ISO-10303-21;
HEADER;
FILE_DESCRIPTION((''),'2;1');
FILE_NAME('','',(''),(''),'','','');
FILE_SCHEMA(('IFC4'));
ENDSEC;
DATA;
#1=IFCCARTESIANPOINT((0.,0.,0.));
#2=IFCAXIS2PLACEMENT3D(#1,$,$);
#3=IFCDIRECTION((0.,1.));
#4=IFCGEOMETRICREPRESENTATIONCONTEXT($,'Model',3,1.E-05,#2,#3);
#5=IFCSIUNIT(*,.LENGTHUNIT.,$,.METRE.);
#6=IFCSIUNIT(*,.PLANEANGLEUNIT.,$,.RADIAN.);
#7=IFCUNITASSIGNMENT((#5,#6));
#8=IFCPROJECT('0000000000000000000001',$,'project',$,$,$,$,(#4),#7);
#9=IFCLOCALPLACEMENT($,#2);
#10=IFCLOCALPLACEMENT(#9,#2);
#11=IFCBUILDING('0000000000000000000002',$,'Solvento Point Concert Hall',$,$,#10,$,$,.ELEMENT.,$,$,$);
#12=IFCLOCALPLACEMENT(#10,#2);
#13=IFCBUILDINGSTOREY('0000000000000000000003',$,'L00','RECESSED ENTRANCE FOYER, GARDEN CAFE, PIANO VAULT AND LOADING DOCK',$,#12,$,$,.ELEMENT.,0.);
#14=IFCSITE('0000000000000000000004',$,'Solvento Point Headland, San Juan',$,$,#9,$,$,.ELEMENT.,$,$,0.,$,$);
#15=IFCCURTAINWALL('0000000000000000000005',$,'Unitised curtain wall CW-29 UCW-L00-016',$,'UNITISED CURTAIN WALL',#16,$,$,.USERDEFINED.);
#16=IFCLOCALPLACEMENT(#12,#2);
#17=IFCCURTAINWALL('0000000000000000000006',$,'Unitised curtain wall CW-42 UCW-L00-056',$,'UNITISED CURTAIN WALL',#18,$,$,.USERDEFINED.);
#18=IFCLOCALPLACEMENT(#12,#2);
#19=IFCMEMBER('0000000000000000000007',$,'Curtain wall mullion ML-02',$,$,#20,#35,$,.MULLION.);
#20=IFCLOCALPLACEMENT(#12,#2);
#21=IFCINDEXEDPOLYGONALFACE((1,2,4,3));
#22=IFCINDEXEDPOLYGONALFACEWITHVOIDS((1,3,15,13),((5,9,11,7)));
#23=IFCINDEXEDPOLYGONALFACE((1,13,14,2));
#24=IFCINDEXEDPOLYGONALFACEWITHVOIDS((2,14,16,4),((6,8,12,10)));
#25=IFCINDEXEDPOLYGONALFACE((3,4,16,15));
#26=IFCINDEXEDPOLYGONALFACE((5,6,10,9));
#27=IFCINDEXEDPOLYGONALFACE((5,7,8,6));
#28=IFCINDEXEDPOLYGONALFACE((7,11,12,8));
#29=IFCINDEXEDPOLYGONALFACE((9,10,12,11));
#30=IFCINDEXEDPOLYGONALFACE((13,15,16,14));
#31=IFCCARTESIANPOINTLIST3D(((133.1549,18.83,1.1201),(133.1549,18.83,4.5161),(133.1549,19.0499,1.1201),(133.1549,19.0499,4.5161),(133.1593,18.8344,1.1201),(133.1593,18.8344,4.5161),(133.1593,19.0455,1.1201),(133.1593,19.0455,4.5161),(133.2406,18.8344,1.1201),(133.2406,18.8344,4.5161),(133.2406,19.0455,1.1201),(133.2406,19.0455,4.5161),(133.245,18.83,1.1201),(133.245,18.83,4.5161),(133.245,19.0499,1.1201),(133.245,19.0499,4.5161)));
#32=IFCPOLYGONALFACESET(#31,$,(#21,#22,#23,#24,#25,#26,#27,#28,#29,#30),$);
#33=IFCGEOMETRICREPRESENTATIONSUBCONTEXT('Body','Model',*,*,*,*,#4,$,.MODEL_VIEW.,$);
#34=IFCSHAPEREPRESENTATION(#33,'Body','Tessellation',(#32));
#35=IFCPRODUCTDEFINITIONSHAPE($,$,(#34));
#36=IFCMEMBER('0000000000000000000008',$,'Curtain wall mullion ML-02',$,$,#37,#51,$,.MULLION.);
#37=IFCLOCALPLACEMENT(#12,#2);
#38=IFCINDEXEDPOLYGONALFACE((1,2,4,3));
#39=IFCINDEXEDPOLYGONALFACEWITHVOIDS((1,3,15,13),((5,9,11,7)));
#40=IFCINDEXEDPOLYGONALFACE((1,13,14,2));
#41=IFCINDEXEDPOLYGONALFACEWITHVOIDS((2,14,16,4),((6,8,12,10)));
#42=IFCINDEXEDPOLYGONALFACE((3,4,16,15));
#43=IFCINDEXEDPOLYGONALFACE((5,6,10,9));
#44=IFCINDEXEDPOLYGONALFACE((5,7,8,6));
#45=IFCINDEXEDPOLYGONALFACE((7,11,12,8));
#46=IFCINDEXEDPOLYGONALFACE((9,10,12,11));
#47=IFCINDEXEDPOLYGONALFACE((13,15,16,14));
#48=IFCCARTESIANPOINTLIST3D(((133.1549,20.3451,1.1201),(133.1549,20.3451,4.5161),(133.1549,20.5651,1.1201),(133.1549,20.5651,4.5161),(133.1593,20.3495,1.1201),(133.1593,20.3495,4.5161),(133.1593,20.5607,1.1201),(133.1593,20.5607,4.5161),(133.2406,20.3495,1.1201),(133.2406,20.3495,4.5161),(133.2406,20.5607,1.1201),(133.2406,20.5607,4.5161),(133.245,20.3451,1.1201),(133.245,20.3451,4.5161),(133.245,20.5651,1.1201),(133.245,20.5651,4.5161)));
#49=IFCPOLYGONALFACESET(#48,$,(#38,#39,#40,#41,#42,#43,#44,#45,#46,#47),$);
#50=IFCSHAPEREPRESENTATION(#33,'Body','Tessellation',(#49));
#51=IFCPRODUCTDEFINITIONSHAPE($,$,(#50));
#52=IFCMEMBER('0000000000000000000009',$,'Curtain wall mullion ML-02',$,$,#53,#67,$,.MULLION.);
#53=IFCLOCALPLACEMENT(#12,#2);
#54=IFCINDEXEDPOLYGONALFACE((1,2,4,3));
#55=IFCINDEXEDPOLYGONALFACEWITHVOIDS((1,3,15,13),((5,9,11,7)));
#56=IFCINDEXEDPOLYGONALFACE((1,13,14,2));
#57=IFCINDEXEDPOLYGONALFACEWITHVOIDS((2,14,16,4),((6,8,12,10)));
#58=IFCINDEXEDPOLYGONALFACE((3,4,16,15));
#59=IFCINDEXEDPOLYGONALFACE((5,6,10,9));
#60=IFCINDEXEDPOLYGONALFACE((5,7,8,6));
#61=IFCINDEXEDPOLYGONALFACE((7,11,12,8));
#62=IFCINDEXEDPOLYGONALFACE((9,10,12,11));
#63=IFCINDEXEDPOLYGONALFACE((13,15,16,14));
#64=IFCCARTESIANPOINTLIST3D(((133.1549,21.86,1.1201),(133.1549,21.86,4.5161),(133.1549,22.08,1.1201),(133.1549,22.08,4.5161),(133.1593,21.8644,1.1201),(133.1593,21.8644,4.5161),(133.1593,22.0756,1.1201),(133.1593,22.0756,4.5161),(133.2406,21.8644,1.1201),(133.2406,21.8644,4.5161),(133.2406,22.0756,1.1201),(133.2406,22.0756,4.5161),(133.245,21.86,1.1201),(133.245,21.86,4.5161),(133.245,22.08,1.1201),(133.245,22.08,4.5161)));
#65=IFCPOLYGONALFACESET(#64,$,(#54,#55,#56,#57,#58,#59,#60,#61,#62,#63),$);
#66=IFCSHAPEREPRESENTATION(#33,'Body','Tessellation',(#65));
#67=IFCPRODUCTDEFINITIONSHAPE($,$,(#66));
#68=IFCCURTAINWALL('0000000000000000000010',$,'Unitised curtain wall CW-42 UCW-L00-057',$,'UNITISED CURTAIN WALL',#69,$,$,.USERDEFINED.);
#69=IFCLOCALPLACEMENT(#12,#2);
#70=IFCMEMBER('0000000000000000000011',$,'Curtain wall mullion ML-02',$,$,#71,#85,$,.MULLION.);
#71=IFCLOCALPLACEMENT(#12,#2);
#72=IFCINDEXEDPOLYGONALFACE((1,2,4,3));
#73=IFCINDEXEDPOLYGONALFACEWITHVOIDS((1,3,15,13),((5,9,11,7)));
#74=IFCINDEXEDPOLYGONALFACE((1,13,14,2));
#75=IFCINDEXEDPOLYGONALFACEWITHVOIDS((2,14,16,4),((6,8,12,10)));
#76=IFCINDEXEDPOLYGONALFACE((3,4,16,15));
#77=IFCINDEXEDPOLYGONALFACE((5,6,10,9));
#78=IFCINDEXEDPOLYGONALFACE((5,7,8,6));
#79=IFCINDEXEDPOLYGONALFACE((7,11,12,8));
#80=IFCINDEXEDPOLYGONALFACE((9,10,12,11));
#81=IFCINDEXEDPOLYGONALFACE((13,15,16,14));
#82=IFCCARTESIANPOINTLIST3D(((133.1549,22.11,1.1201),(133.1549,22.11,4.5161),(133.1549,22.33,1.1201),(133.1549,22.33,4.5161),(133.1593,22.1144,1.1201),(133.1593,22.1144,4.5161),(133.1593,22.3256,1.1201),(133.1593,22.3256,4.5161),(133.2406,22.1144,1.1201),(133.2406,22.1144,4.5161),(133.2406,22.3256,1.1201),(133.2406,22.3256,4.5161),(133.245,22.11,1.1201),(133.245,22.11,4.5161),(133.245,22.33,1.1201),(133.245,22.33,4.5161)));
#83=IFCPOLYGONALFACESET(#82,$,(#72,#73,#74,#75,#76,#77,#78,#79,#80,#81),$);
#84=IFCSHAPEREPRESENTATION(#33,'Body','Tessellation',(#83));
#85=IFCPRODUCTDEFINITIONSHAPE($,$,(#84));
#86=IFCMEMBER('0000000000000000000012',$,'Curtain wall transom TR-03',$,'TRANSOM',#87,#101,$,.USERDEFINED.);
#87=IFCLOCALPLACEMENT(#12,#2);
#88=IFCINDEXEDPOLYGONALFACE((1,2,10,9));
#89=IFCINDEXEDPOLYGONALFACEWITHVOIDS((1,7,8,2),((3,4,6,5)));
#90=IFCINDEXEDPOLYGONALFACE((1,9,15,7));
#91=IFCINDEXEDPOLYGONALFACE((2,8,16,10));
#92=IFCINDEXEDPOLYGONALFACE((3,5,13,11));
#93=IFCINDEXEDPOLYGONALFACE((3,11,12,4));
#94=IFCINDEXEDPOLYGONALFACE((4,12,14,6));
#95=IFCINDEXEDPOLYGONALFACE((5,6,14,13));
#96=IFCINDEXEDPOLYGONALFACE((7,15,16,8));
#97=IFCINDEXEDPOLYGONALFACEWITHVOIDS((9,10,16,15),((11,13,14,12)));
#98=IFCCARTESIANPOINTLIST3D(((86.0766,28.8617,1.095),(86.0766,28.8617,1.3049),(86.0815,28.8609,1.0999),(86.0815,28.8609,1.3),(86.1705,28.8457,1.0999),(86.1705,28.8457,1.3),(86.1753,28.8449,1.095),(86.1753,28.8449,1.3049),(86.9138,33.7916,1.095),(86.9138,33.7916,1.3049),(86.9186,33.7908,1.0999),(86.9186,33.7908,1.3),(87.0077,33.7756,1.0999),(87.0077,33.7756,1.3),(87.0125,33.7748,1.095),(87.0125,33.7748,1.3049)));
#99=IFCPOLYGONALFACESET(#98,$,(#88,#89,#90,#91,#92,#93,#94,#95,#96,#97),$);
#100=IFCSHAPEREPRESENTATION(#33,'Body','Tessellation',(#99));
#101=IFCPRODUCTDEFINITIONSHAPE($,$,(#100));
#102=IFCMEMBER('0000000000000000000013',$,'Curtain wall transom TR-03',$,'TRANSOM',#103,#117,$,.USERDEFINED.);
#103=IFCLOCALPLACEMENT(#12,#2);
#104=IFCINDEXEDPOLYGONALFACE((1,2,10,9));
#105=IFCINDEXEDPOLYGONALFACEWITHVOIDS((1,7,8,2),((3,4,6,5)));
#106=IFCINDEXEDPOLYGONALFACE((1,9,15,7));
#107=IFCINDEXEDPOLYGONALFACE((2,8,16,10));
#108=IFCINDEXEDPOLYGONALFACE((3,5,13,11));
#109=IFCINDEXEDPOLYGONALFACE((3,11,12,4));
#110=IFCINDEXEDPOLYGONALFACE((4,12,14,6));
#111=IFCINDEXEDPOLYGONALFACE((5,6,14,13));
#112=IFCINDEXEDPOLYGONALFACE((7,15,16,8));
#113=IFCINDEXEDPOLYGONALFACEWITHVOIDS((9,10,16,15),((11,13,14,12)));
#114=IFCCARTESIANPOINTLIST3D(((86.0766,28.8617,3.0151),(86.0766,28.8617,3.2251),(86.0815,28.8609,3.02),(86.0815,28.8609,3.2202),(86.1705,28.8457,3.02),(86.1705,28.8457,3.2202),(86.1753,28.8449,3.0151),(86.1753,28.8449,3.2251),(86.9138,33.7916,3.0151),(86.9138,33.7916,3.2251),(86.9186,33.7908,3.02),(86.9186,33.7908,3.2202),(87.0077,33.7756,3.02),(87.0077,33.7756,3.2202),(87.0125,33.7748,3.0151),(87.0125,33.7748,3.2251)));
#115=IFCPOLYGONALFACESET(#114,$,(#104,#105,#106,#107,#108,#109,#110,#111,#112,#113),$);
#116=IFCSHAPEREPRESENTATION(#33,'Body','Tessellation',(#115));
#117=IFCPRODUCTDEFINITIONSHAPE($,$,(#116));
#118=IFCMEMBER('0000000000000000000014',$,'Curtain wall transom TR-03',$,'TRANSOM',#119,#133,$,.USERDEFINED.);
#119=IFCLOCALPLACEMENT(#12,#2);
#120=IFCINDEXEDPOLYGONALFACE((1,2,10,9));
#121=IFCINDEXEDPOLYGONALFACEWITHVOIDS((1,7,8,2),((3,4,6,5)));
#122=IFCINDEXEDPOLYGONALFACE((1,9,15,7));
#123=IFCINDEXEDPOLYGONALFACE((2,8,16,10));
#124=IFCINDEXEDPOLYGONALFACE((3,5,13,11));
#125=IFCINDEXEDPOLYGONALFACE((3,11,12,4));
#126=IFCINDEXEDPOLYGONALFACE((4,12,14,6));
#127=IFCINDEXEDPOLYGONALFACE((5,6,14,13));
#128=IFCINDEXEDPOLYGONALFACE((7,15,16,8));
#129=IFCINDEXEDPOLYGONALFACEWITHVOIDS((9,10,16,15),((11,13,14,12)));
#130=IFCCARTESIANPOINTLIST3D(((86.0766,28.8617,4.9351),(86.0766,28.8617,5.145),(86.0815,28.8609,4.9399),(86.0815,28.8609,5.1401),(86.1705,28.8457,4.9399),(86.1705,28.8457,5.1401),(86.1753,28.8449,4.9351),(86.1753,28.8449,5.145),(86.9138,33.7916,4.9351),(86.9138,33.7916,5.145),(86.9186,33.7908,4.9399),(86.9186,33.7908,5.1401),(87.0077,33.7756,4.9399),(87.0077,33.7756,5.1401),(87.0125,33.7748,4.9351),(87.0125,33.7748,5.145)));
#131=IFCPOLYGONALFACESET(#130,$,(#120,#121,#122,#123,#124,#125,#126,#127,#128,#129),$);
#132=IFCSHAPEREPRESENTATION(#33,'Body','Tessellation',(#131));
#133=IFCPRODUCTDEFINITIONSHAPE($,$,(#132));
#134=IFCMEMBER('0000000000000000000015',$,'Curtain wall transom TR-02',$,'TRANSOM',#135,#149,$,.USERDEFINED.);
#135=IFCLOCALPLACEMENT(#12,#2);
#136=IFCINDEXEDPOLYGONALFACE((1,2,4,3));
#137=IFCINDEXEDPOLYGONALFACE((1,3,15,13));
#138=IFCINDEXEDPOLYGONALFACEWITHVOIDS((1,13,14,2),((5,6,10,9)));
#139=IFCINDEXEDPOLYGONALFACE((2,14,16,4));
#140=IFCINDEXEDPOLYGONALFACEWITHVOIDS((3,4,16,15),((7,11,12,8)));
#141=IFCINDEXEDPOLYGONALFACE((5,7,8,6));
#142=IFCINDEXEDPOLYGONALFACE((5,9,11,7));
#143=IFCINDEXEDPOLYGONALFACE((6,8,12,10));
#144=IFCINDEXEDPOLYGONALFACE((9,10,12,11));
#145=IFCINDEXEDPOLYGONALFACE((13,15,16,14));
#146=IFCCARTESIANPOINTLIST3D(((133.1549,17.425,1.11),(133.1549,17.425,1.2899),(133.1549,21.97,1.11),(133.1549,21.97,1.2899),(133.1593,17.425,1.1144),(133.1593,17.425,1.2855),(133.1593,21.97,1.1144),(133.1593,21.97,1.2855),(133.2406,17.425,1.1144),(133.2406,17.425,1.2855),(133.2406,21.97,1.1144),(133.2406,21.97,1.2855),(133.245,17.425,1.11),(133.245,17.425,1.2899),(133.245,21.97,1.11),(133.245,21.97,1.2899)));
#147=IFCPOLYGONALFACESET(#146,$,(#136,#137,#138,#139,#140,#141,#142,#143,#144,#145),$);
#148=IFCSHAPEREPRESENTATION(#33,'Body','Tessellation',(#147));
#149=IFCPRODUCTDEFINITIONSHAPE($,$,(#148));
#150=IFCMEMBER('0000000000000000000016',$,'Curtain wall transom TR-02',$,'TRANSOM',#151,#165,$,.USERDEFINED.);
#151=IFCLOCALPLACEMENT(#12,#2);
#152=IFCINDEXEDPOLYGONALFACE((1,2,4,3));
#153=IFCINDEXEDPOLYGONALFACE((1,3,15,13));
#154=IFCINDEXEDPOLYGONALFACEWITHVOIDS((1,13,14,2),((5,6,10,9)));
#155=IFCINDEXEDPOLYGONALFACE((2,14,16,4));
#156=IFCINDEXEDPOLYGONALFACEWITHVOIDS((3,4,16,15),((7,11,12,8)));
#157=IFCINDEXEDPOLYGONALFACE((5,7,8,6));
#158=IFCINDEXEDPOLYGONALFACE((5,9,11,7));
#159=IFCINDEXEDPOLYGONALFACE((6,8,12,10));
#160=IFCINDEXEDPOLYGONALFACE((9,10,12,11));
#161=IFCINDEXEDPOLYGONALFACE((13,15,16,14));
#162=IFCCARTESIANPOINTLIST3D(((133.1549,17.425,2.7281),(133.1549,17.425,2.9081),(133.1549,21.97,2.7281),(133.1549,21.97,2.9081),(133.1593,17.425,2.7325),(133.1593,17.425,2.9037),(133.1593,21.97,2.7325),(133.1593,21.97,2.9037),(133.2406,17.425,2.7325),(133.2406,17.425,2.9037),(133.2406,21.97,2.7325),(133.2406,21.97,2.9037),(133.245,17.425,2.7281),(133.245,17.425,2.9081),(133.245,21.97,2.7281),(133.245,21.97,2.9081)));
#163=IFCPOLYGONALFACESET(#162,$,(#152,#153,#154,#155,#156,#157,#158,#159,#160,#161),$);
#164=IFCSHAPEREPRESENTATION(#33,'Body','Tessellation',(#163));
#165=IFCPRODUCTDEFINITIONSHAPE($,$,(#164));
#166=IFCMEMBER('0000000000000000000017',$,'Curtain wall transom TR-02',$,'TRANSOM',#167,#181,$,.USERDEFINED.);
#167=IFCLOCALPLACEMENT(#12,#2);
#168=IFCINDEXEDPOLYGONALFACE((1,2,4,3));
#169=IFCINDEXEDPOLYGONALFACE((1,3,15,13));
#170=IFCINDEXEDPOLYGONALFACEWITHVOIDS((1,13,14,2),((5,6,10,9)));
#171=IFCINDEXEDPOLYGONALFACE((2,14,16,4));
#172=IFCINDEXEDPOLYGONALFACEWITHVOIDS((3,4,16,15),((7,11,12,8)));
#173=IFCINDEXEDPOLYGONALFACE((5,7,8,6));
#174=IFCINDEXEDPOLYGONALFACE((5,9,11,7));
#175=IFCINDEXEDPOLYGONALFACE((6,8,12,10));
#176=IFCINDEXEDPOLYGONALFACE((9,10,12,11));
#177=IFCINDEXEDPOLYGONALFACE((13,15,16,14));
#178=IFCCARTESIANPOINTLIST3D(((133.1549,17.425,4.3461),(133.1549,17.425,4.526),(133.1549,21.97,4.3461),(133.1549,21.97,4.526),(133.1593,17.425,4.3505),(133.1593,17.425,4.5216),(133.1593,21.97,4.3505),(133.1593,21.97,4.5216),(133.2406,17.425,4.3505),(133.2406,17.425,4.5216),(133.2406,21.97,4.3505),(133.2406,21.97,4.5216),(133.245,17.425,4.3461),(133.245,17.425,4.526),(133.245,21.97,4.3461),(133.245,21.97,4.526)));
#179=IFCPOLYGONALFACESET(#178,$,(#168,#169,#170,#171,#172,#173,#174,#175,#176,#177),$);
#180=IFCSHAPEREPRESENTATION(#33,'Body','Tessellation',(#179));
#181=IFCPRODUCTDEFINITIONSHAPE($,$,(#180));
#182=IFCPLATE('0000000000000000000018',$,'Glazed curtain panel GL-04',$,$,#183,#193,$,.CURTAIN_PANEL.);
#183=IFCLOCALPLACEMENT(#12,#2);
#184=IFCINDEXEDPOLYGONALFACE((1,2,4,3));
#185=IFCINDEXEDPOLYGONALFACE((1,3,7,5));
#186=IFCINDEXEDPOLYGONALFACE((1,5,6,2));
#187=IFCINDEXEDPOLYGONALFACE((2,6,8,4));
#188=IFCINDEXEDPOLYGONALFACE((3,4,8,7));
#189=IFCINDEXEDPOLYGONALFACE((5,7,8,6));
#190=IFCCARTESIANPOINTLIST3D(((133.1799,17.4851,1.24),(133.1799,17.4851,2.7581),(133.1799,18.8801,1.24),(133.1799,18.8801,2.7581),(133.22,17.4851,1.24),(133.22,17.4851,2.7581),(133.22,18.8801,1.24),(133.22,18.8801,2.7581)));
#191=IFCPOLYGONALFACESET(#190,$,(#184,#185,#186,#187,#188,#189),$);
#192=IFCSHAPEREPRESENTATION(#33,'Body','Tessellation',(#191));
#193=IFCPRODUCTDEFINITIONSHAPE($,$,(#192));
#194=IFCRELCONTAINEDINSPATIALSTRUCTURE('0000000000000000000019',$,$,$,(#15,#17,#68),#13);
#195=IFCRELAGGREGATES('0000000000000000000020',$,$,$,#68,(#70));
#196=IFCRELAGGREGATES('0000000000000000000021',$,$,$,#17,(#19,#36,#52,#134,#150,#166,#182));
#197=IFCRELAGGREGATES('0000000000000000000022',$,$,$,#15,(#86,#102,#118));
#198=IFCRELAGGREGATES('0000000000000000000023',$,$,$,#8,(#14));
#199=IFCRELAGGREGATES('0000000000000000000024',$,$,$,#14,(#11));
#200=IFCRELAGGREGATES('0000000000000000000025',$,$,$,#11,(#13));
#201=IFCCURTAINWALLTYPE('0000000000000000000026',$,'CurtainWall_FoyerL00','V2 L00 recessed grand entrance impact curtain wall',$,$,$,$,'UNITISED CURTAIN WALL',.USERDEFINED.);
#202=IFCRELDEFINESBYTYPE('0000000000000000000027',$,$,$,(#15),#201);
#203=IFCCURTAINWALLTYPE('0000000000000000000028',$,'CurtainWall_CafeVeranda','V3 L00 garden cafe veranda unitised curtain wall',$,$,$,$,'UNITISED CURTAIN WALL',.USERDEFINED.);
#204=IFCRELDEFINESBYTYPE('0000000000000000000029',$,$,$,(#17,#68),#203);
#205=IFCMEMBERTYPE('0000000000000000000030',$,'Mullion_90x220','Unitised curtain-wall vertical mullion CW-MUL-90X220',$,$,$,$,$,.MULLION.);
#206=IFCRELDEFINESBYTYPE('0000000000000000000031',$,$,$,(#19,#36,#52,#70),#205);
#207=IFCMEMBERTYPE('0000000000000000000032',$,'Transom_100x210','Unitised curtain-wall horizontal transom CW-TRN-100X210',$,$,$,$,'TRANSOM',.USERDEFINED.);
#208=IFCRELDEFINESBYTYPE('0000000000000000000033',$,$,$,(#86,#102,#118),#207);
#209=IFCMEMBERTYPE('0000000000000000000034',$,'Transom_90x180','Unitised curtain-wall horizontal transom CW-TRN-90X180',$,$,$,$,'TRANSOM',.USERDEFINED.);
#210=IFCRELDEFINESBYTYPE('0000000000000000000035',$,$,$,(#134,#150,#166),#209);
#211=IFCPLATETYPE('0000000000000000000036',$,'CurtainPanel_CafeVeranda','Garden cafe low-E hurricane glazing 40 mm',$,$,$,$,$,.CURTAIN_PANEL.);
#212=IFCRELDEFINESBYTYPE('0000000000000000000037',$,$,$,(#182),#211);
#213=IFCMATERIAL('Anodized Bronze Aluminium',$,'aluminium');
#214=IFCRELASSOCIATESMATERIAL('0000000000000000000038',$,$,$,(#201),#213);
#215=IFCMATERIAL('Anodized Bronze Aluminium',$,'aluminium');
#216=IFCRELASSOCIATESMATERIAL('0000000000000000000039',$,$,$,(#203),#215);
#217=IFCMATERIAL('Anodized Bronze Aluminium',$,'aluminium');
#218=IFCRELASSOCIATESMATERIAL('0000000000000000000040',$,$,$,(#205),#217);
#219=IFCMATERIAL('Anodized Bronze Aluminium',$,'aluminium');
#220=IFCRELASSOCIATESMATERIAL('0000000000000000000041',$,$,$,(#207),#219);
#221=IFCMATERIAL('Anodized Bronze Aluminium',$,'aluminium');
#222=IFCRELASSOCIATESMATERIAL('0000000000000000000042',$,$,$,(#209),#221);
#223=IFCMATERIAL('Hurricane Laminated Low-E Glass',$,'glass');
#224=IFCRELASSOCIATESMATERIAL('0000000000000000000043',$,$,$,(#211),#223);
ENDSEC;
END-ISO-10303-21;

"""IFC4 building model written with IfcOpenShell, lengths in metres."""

from ifc_helpers import new_model, si_unit, direction, frame, origin, origin_2d, place, context, subcontext, project, spatial, rectangle, hollow_rectangle, extrude, material, material_profile, profile_set, type_object, element, aggregate, save


model = new_model("IFC4")

# Units and contexts
model_context = context("Model", 3, precision=1e-05, world=origin(), true_north=direction((0.0, 1.0)))
body_context = subcontext(model_context, "Body", "Model", "MODEL_VIEW")
ifc_project = project(units=[si_unit("LENGTHUNIT", "METRE"), si_unit("PLANEANGLEUNIT", "RADIAN")], contexts=[model_context])

# Site, building, storey
site_placement = place(None, origin())
site = spatial("IfcSite", under=ifc_project, at=site_placement, Name="Solvento Point Headland, San Juan", CompositionType="ELEMENT", RefElevation=0.0)
building_placement = place(site_placement, origin())
building = spatial("IfcBuilding", under=site, at=building_placement, Name="Solvento Point Concert Hall", CompositionType="ELEMENT")
storey_placement = place(building_placement, origin())
storey = spatial("IfcBuildingStorey", under=building, at=storey_placement, Name="L00", Description="RECESSED ENTRANCE FOYER, GARDEN CAFE, PIANO VAULT AND LOADING DOCK", CompositionType="ELEMENT", Elevation=0.0)

# Curtain walls, members
ifc_material_1 = material(Name="Anodized Bronze Aluminium", Category="aluminium")
curtain_wall_type_1 = type_object("IfcCurtainWallType", Name="CurtainWall_FoyerL00", Description="V2 L00 recessed grand entrance impact curtain wall", ElementType="UNITISED CURTAIN WALL", PredefinedType="USERDEFINED", material=ifc_material_1)
curtain_wall_1_placement = place(storey_placement, origin())
curtain_wall_1 = element("IfcCurtainWall", 1, at=curtain_wall_1_placement, inside=storey, type_object=curtain_wall_type_1, Name="Unitised curtain wall CW-29 UCW-L00-016", ObjectType="UNITISED CURTAIN WALL", PredefinedType="USERDEFINED")
ifc_material_2 = material(Name="Anodized Bronze Aluminium", Category="aluminium")
curtain_wall_type_2 = type_object("IfcCurtainWallType", Name="CurtainWall_CafeVeranda", Description="V3 L00 garden cafe veranda unitised curtain wall", ElementType="UNITISED CURTAIN WALL", PredefinedType="USERDEFINED", material=ifc_material_2)
curtain_wall_2_placement = place(storey_placement, origin())
curtain_wall_2 = element("IfcCurtainWall", 2, at=curtain_wall_2_placement, inside=storey, type_object=curtain_wall_type_2, Name="Unitised curtain wall CW-42 UCW-L00-056", ObjectType="UNITISED CURTAIN WALL", PredefinedType="USERDEFINED")
ifc_material_3 = material(Name="Anodized Bronze Aluminium", Category="aluminium")
ifc_material_profile_1 = material_profile(ifc_material_3, hollow_rectangle(XDim=0.0901, YDim=0.22, WallThickness=0.0044, at=origin_2d()), Name="CW-MUL-90X220")
ifc_profile_set_1 = profile_set([ifc_material_profile_1], Name="Anodized Bronze Aluminium")
member_type_1 = type_object("IfcMemberType", Name="Mullion_90x220", Description="Unitised curtain-wall vertical mullion CW-MUL-90X220", PredefinedType="MULLION", material=ifc_profile_set_1)
member_1_placement = place(storey_placement, frame((133.2, 18.9399, 1.1201), z_axis=(0.0, 0.0, 1.0), x_axis=(1.0, 0.0, 0.0)))
member_1 = element("IfcMember", 3, at=member_1_placement, type_object=member_type_1, Name="Curtain wall mullion ML-02", PredefinedType="MULLION", context=body_context, shape_type="SweptSolid", body=[
    extrude(hollow_rectangle(XDim=0.0901, YDim=0.22, WallThickness=0.0044, at=origin_2d()), origin(), (0.0, 0.0, 1.0), 3.396),
])
member_2_placement = place(storey_placement, frame((133.2, 20.4551, 1.1201), z_axis=(0.0, 0.0, 1.0), x_axis=(1.0, 0.0, 0.0)))
member_2 = element("IfcMember", 4, at=member_2_placement, type_object=member_type_1, Name="Curtain wall mullion ML-02", PredefinedType="MULLION", context=body_context, shape_type="SweptSolid", body=[
    extrude(hollow_rectangle(XDim=0.0901, YDim=0.22, WallThickness=0.0044, at=origin_2d()), origin(), (0.0, 0.0, 1.0), 3.396),
])
member_3_placement = place(storey_placement, frame((133.2, 21.97, 1.1201), z_axis=(0.0, 0.0, 1.0), x_axis=(1.0, 0.0, 0.0)))
member_3 = element("IfcMember", 5, at=member_3_placement, type_object=member_type_1, Name="Curtain wall mullion ML-02", PredefinedType="MULLION", context=body_context, shape_type="SweptSolid", body=[
    extrude(hollow_rectangle(XDim=0.0901, YDim=0.22, WallThickness=0.0044, at=origin_2d()), origin(), (0.0, 0.0, 1.0), 3.396),
])

# Curtain wall, member
curtain_wall_3_placement = place(storey_placement, origin())
curtain_wall_3 = element("IfcCurtainWall", 6, at=curtain_wall_3_placement, inside=storey, type_object=curtain_wall_type_2, Name="Unitised curtain wall CW-42 UCW-L00-057", ObjectType="UNITISED CURTAIN WALL", PredefinedType="USERDEFINED")
member_4_placement = place(storey_placement, frame((133.2, 22.22, 1.1201), z_axis=(0.0, 0.0, 1.0), x_axis=(1.0, 0.0, 0.0)))
member_4 = element("IfcMember", 7, at=member_4_placement, type_object=member_type_1, Name="Curtain wall mullion ML-02", PredefinedType="MULLION", context=body_context, shape_type="SweptSolid", body=[
    extrude(hollow_rectangle(XDim=0.0901, YDim=0.22, WallThickness=0.0044, at=origin_2d()), origin(), (0.0, 0.0, 1.0), 3.396),
])
aggregate(curtain_wall_3, [member_4])

# Members
ifc_material_4 = material(Name="Anodized Bronze Aluminium", Category="aluminium")
ifc_material_profile_2 = material_profile(ifc_material_4, hollow_rectangle(XDim=0.1001, YDim=0.21, WallThickness=0.0049, at=origin_2d()), Name="CW-TRN-100X210")
ifc_profile_set_2 = profile_set([ifc_material_profile_2], Name="Anodized Bronze Aluminium")
member_type_2 = type_object("IfcMemberType", Name="Transom_100x210", Description="Unitised curtain-wall horizontal transom CW-TRN-100X210", ElementType="TRANSOM", PredefinedType="USERDEFINED", material=ifc_profile_set_2)
member_5_placement = place(storey_placement, frame((86.9631, 33.7832, 1.2), z_axis=(-0.167415, -0.985887, 0.0), x_axis=(0.985887, -0.167415, 0.0)))
member_5 = element("IfcMember", 8, at=member_5_placement, type_object=member_type_2, Name="Curtain wall transom TR-03", ObjectType="TRANSOM", PredefinedType="USERDEFINED", context=body_context, shape_type="SweptSolid", body=[
    extrude(hollow_rectangle(XDim=0.1001, YDim=0.21, WallThickness=0.0049, at=origin_2d()), origin(), (0.0, 0.0, 1.0), 5.0005),
])
member_6_placement = place(storey_placement, frame((86.9631, 33.7832, 3.1201), z_axis=(-0.167415, -0.985887, 0.0), x_axis=(0.985887, -0.167415, 0.0)))
member_6 = element("IfcMember", 9, at=member_6_placement, type_object=member_type_2, Name="Curtain wall transom TR-03", ObjectType="TRANSOM", PredefinedType="USERDEFINED", context=body_context, shape_type="SweptSolid", body=[
    extrude(hollow_rectangle(XDim=0.1001, YDim=0.21, WallThickness=0.0049, at=origin_2d()), origin(), (0.0, 0.0, 1.0), 5.0005),
])
member_7_placement = place(storey_placement, frame((86.9631, 33.7832, 5.04), z_axis=(-0.167415, -0.985887, 0.0), x_axis=(0.985887, -0.167415, 0.0)))
member_7 = element("IfcMember", 10, at=member_7_placement, type_object=member_type_2, Name="Curtain wall transom TR-03", ObjectType="TRANSOM", PredefinedType="USERDEFINED", context=body_context, shape_type="SweptSolid", body=[
    extrude(hollow_rectangle(XDim=0.1001, YDim=0.21, WallThickness=0.0049, at=origin_2d()), origin(), (0.0, 0.0, 1.0), 5.0005),
])
ifc_material_5 = material(Name="Anodized Bronze Aluminium", Category="aluminium")
ifc_material_profile_3 = material_profile(ifc_material_5, hollow_rectangle(XDim=0.0901, YDim=0.1799, WallThickness=0.0044, at=origin_2d()), Name="CW-TRN-90X180")
ifc_profile_set_3 = profile_set([ifc_material_profile_3], Name="Anodized Bronze Aluminium")
member_type_3 = type_object("IfcMemberType", Name="Transom_90x180", Description="Unitised curtain-wall horizontal transom CW-TRN-90X180", ElementType="TRANSOM", PredefinedType="USERDEFINED", material=ifc_profile_set_3)
member_8_placement = place(storey_placement, frame((133.2, 17.425, 1.2), z_axis=(0.0, 1.0, 0.0), x_axis=(-1.0, 0.0, 0.0)))
member_8 = element("IfcMember", 11, at=member_8_placement, type_object=member_type_3, Name="Curtain wall transom TR-02", ObjectType="TRANSOM", PredefinedType="USERDEFINED", context=body_context, shape_type="SweptSolid", body=[
    extrude(hollow_rectangle(XDim=0.0901, YDim=0.1799, WallThickness=0.0044, at=origin_2d()), origin(), (0.0, 0.0, 1.0), 4.5449),
])
member_9_placement = place(storey_placement, frame((133.2, 17.425, 2.8181), z_axis=(0.0, 1.0, 0.0), x_axis=(-1.0, 0.0, 0.0)))
member_9 = element("IfcMember", 12, at=member_9_placement, type_object=member_type_3, Name="Curtain wall transom TR-02", ObjectType="TRANSOM", PredefinedType="USERDEFINED", context=body_context, shape_type="SweptSolid", body=[
    extrude(hollow_rectangle(XDim=0.0901, YDim=0.1799, WallThickness=0.0044, at=origin_2d()), origin(), (0.0, 0.0, 1.0), 4.5449),
])
member_10_placement = place(storey_placement, frame((133.2, 17.425, 4.436), z_axis=(0.0, 1.0, 0.0), x_axis=(-1.0, 0.0, 0.0)))
member_10 = element("IfcMember", 13, at=member_10_placement, type_object=member_type_3, Name="Curtain wall transom TR-02", ObjectType="TRANSOM", PredefinedType="USERDEFINED", context=body_context, shape_type="SweptSolid", body=[
    extrude(hollow_rectangle(XDim=0.0901, YDim=0.1799, WallThickness=0.0044, at=origin_2d()), origin(), (0.0, 0.0, 1.0), 4.5449),
])

# Plate
ifc_material_6 = material(Name="Hurricane Laminated Low-E Glass", Category="glass")
plate_type_1 = type_object("IfcPlateType", Name="CurtainPanel_CafeVeranda", Description="Garden cafe low-E hurricane glazing 40 mm", PredefinedType="CURTAIN_PANEL", material=ifc_material_6)
plate_1_placement = place(storey_placement, frame((133.2, 18.1826, 1.24), z_axis=(0.0, 0.0, 1.0), x_axis=(0.0, 1.0, 0.0)))
plate_1 = element("IfcPlate", 14, at=plate_1_placement, type_object=plate_type_1, Name="Glazed curtain panel GL-04", PredefinedType="CURTAIN_PANEL", context=body_context, shape_type="SweptSolid", body=[
    extrude(rectangle(XDim=1.395, YDim=0.04, at=origin_2d()), origin(), (0.0, 0.0, 1.0), 1.5181),
])
aggregate(curtain_wall_2, [member_1, member_2, member_3, member_8, member_9, member_10, plate_1])
aggregate(curtain_wall_1, [member_5, member_6, member_7])

save(model, "model.ifc")
